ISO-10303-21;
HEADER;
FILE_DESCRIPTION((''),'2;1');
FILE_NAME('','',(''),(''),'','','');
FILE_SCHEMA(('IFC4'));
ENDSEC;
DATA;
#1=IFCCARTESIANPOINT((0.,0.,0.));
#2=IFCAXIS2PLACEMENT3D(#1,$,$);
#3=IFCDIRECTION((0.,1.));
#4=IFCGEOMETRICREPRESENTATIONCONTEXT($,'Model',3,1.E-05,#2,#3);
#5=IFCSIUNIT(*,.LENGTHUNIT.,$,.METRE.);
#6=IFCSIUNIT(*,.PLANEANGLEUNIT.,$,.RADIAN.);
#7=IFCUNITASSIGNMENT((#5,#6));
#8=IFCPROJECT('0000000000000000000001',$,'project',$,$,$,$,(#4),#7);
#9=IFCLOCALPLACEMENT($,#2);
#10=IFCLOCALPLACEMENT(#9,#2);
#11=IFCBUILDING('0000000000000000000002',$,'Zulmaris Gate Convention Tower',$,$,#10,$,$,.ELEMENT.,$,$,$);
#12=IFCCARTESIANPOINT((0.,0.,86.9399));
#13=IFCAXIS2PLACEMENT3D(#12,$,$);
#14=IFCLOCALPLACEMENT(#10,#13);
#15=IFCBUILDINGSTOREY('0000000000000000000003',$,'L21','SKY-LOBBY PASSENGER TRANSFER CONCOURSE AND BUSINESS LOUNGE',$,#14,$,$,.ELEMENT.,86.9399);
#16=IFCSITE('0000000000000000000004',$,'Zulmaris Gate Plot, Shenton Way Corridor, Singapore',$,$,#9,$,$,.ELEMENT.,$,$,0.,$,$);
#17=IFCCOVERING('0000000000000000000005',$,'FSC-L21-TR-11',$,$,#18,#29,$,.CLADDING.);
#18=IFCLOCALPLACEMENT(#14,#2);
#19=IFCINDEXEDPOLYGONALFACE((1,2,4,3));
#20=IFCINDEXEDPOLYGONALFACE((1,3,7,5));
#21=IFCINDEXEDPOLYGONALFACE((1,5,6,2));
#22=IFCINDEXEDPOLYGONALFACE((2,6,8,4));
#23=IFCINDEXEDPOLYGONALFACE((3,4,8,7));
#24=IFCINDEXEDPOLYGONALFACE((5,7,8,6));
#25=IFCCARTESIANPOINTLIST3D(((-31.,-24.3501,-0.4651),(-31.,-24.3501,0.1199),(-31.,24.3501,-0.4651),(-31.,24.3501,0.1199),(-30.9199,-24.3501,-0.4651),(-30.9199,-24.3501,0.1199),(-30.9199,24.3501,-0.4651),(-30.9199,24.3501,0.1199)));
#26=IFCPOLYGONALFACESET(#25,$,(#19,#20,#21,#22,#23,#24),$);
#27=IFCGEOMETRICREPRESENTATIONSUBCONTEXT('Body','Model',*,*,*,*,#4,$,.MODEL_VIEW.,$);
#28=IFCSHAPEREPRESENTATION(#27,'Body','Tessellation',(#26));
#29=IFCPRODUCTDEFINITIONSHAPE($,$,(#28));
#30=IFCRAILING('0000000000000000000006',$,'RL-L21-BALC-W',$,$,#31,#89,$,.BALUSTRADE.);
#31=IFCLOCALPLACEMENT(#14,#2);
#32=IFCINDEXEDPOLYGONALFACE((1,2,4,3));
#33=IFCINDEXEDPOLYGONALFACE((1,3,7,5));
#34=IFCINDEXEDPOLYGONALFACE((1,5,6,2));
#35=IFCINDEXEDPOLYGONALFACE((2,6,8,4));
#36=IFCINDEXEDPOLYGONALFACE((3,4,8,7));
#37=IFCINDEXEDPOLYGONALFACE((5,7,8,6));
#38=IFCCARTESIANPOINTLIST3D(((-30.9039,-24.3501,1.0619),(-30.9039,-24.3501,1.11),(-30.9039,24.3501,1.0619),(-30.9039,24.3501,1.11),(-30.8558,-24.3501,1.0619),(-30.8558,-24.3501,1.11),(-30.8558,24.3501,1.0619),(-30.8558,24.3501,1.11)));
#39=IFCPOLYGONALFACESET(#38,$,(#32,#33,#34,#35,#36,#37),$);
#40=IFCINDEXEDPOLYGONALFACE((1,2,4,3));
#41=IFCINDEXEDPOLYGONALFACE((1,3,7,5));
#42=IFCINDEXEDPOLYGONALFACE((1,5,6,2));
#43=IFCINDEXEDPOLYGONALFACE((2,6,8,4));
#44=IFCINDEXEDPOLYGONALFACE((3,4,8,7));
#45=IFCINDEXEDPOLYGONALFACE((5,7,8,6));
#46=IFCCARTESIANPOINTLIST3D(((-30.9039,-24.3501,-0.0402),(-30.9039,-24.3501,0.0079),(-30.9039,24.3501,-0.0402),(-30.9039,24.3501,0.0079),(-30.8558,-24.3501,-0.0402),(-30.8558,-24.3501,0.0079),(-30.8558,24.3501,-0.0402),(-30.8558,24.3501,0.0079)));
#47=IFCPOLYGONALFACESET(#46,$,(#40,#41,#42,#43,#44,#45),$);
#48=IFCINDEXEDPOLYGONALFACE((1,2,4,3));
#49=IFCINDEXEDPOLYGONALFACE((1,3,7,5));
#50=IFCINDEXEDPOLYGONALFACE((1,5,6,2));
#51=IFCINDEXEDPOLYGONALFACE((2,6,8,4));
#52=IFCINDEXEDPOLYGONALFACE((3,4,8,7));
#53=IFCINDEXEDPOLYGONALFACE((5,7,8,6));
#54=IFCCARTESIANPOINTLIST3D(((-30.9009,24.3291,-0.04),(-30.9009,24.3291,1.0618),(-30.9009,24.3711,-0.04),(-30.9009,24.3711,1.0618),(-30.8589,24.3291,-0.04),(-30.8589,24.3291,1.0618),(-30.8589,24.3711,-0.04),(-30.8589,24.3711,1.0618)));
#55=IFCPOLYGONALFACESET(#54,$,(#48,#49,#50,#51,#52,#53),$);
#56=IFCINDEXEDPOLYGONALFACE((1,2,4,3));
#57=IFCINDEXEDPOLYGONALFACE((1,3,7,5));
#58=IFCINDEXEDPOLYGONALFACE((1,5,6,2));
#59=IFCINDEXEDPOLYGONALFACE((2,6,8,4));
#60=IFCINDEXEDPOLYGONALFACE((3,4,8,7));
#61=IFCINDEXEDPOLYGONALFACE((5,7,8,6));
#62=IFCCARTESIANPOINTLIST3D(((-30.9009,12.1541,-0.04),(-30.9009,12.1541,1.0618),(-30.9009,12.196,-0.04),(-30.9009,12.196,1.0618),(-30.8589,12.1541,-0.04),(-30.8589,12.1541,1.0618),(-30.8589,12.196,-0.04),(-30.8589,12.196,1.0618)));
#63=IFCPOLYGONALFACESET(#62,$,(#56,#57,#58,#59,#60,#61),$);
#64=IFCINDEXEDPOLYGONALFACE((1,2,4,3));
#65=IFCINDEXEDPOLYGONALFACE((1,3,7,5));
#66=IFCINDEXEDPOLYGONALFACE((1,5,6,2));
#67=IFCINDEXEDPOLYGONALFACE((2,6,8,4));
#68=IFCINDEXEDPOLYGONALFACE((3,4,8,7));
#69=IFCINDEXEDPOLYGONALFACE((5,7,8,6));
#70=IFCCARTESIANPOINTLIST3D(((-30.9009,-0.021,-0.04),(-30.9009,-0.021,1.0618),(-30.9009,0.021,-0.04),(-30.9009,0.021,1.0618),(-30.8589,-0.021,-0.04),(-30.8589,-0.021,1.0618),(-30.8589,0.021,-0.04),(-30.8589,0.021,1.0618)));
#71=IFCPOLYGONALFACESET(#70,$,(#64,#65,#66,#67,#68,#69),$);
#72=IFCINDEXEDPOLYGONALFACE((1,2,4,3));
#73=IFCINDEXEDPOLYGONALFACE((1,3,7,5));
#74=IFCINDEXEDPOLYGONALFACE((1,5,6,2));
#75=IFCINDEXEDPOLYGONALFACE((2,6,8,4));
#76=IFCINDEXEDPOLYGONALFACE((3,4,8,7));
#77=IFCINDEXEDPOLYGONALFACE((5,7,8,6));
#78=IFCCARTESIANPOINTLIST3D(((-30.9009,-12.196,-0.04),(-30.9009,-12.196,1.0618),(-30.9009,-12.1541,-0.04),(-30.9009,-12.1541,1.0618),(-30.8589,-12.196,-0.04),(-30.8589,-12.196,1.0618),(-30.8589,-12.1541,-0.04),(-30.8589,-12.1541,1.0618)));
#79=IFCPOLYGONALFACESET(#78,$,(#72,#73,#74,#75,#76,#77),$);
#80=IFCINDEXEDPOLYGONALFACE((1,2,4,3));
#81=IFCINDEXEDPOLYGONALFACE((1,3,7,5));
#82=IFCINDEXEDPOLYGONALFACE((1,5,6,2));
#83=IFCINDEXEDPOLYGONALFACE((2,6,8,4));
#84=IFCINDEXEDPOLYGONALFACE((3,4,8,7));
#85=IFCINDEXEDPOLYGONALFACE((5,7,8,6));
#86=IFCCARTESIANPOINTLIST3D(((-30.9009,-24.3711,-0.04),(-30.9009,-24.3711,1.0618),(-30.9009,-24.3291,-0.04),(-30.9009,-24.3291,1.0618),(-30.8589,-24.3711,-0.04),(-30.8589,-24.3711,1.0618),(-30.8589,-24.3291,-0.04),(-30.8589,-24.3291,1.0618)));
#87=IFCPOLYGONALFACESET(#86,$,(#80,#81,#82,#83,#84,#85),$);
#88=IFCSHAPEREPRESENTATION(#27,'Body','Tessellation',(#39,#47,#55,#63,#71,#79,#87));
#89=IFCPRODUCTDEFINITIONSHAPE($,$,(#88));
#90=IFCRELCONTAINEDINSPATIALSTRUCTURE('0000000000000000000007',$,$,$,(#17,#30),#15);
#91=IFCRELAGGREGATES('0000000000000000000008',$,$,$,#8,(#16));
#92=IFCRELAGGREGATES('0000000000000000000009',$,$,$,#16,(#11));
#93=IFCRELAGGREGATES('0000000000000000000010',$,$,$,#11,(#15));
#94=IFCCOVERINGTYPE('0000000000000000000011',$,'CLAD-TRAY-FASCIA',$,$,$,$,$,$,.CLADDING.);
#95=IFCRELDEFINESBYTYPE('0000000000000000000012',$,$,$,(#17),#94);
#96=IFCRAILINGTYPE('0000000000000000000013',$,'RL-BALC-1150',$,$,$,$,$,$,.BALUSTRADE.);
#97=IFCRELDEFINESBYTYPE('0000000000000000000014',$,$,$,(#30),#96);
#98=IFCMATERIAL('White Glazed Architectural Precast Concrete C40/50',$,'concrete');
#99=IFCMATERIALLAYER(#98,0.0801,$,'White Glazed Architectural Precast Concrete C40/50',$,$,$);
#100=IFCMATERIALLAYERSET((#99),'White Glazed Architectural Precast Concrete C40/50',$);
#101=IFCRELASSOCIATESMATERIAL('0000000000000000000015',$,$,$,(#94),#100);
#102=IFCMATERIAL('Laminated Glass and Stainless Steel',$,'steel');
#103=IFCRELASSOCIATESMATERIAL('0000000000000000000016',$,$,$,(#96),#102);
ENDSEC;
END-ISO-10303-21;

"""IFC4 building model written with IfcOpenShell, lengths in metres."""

from ifc_helpers import new_model, si_unit, direction, frame, frame_2d, origin, origin_2d, place, context, subcontext, project, spatial, rectangle, extrude, material, layer, layer_set, type_object, element, save


model = new_model("IFC4")

# Units and contexts
model_context = context("Model", 3, precision=1e-05, world=origin(), true_north=direction((0.0, 1.0)))
body_context = subcontext(model_context, "Body", "Model", "MODEL_VIEW")
ifc_project = project(units=[si_unit("LENGTHUNIT", "METRE"), si_unit("PLANEANGLEUNIT", "RADIAN")], contexts=[model_context])

# Site, building, storey
site_placement = place(None, origin())
site = spatial("IfcSite", under=ifc_project, at=site_placement, Name="Zulmaris Gate Plot, Shenton Way Corridor, Singapore", CompositionType="ELEMENT", RefElevation=0.0)
building_placement = place(site_placement, origin())
building = spatial("IfcBuilding", under=site, at=building_placement, Name="Zulmaris Gate Convention Tower", CompositionType="ELEMENT")
storey_placement = place(building_placement, frame((0.0, 0.0, 86.9399)))
storey = spatial("IfcBuildingStorey", under=building, at=storey_placement, Name="L21", Description="SKY-LOBBY PASSENGER TRANSFER CONCOURSE AND BUSINESS LOUNGE", CompositionType="ELEMENT", Elevation=86.9399)

# Covering
ifc_material_1 = material(Name="White Glazed Architectural Precast Concrete C40/50", Category="concrete")
ifc_layer_1 = layer(ifc_material_1, 0.0801, Name="White Glazed Architectural Precast Concrete C40/50")
ifc_layer_set_1 = layer_set([ifc_layer_1], Name="White Glazed Architectural Precast Concrete C40/50")
covering_type_1 = type_object("IfcCoveringType", Name="CLAD-TRAY-FASCIA", PredefinedType="CLADDING", material=ifc_layer_set_1)
covering_1_placement = place(storey_placement, frame((-30.96, 24.3501, -0.4651), z_axis=(0.0, 0.0, 1.0), x_axis=(0.0, -1.0, 0.0)))
element("IfcCovering", 1, at=covering_1_placement, inside=storey, type_object=covering_type_1, Name="FSC-L21-TR-11", PredefinedType="CLADDING", context=body_context, shape_type="SweptSolid", body=[
    extrude(rectangle(XDim=48.7002, YDim=0.0801, at=frame_2d((24.3501, 0.0))), origin(), (0.0, 0.0, 1.0), 0.585),
])

# Railing
ifc_material_2 = material(Name="Laminated Glass and Stainless Steel", Category="steel")
railing_type = type_object("IfcRailingType", Name="RL-BALC-1150", PredefinedType="BALUSTRADE", material=ifc_material_2)
railing_placement = place(storey_placement, frame((-30.8799, 24.3501, -0.04)))
element("IfcRailing", 2, at=railing_placement, inside=storey, type_object=railing_type, Name="RL-L21-BALC-W", PredefinedType="BALUSTRADE", context=body_context, shape_type="SweptSolid", body=[
    extrude(rectangle(XDim=0.0481, YDim=0.0481, at=origin_2d()), frame((0.0, 0.0, 1.126), z_axis=(0.0, -1.0, 0.0), x_axis=(1.0, 0.0, 0.0)), (0.0, 0.0, 1.0), 48.7002),
    extrude(rectangle(XDim=0.0481, YDim=0.0481, at=origin_2d()), frame((0.0, 0.0, 0.0239), z_axis=(0.0, -1.0, 0.0), x_axis=(1.0, 0.0, 0.0)), (0.0, 0.0, 1.0), 48.7002),
    extrude(rectangle(XDim=0.042, YDim=0.042, at=origin_2d()), origin(), (0.0, 0.0, 1.0), 1.1018),
    extrude(rectangle(XDim=0.042, YDim=0.042, at=origin_2d()), frame((0.0, -12.175, 0.0)), (0.0, 0.0, 1.0), 1.1018),
    extrude(rectangle(XDim=0.042, YDim=0.042, at=origin_2d()), frame((0.0, -24.3501, 0.0)), (0.0, 0.0, 1.0), 1.1018),
    extrude(rectangle(XDim=0.042, YDim=0.042, at=origin_2d()), frame((0.0, -36.5251, 0.0)), (0.0, 0.0, 1.0), 1.1018),
    extrude(rectangle(XDim=0.042, YDim=0.042, at=origin_2d()), frame((0.0, -48.7002, 0.0)), (0.0, 0.0, 1.0), 1.1018),
])

save(model, "model.ifc")
